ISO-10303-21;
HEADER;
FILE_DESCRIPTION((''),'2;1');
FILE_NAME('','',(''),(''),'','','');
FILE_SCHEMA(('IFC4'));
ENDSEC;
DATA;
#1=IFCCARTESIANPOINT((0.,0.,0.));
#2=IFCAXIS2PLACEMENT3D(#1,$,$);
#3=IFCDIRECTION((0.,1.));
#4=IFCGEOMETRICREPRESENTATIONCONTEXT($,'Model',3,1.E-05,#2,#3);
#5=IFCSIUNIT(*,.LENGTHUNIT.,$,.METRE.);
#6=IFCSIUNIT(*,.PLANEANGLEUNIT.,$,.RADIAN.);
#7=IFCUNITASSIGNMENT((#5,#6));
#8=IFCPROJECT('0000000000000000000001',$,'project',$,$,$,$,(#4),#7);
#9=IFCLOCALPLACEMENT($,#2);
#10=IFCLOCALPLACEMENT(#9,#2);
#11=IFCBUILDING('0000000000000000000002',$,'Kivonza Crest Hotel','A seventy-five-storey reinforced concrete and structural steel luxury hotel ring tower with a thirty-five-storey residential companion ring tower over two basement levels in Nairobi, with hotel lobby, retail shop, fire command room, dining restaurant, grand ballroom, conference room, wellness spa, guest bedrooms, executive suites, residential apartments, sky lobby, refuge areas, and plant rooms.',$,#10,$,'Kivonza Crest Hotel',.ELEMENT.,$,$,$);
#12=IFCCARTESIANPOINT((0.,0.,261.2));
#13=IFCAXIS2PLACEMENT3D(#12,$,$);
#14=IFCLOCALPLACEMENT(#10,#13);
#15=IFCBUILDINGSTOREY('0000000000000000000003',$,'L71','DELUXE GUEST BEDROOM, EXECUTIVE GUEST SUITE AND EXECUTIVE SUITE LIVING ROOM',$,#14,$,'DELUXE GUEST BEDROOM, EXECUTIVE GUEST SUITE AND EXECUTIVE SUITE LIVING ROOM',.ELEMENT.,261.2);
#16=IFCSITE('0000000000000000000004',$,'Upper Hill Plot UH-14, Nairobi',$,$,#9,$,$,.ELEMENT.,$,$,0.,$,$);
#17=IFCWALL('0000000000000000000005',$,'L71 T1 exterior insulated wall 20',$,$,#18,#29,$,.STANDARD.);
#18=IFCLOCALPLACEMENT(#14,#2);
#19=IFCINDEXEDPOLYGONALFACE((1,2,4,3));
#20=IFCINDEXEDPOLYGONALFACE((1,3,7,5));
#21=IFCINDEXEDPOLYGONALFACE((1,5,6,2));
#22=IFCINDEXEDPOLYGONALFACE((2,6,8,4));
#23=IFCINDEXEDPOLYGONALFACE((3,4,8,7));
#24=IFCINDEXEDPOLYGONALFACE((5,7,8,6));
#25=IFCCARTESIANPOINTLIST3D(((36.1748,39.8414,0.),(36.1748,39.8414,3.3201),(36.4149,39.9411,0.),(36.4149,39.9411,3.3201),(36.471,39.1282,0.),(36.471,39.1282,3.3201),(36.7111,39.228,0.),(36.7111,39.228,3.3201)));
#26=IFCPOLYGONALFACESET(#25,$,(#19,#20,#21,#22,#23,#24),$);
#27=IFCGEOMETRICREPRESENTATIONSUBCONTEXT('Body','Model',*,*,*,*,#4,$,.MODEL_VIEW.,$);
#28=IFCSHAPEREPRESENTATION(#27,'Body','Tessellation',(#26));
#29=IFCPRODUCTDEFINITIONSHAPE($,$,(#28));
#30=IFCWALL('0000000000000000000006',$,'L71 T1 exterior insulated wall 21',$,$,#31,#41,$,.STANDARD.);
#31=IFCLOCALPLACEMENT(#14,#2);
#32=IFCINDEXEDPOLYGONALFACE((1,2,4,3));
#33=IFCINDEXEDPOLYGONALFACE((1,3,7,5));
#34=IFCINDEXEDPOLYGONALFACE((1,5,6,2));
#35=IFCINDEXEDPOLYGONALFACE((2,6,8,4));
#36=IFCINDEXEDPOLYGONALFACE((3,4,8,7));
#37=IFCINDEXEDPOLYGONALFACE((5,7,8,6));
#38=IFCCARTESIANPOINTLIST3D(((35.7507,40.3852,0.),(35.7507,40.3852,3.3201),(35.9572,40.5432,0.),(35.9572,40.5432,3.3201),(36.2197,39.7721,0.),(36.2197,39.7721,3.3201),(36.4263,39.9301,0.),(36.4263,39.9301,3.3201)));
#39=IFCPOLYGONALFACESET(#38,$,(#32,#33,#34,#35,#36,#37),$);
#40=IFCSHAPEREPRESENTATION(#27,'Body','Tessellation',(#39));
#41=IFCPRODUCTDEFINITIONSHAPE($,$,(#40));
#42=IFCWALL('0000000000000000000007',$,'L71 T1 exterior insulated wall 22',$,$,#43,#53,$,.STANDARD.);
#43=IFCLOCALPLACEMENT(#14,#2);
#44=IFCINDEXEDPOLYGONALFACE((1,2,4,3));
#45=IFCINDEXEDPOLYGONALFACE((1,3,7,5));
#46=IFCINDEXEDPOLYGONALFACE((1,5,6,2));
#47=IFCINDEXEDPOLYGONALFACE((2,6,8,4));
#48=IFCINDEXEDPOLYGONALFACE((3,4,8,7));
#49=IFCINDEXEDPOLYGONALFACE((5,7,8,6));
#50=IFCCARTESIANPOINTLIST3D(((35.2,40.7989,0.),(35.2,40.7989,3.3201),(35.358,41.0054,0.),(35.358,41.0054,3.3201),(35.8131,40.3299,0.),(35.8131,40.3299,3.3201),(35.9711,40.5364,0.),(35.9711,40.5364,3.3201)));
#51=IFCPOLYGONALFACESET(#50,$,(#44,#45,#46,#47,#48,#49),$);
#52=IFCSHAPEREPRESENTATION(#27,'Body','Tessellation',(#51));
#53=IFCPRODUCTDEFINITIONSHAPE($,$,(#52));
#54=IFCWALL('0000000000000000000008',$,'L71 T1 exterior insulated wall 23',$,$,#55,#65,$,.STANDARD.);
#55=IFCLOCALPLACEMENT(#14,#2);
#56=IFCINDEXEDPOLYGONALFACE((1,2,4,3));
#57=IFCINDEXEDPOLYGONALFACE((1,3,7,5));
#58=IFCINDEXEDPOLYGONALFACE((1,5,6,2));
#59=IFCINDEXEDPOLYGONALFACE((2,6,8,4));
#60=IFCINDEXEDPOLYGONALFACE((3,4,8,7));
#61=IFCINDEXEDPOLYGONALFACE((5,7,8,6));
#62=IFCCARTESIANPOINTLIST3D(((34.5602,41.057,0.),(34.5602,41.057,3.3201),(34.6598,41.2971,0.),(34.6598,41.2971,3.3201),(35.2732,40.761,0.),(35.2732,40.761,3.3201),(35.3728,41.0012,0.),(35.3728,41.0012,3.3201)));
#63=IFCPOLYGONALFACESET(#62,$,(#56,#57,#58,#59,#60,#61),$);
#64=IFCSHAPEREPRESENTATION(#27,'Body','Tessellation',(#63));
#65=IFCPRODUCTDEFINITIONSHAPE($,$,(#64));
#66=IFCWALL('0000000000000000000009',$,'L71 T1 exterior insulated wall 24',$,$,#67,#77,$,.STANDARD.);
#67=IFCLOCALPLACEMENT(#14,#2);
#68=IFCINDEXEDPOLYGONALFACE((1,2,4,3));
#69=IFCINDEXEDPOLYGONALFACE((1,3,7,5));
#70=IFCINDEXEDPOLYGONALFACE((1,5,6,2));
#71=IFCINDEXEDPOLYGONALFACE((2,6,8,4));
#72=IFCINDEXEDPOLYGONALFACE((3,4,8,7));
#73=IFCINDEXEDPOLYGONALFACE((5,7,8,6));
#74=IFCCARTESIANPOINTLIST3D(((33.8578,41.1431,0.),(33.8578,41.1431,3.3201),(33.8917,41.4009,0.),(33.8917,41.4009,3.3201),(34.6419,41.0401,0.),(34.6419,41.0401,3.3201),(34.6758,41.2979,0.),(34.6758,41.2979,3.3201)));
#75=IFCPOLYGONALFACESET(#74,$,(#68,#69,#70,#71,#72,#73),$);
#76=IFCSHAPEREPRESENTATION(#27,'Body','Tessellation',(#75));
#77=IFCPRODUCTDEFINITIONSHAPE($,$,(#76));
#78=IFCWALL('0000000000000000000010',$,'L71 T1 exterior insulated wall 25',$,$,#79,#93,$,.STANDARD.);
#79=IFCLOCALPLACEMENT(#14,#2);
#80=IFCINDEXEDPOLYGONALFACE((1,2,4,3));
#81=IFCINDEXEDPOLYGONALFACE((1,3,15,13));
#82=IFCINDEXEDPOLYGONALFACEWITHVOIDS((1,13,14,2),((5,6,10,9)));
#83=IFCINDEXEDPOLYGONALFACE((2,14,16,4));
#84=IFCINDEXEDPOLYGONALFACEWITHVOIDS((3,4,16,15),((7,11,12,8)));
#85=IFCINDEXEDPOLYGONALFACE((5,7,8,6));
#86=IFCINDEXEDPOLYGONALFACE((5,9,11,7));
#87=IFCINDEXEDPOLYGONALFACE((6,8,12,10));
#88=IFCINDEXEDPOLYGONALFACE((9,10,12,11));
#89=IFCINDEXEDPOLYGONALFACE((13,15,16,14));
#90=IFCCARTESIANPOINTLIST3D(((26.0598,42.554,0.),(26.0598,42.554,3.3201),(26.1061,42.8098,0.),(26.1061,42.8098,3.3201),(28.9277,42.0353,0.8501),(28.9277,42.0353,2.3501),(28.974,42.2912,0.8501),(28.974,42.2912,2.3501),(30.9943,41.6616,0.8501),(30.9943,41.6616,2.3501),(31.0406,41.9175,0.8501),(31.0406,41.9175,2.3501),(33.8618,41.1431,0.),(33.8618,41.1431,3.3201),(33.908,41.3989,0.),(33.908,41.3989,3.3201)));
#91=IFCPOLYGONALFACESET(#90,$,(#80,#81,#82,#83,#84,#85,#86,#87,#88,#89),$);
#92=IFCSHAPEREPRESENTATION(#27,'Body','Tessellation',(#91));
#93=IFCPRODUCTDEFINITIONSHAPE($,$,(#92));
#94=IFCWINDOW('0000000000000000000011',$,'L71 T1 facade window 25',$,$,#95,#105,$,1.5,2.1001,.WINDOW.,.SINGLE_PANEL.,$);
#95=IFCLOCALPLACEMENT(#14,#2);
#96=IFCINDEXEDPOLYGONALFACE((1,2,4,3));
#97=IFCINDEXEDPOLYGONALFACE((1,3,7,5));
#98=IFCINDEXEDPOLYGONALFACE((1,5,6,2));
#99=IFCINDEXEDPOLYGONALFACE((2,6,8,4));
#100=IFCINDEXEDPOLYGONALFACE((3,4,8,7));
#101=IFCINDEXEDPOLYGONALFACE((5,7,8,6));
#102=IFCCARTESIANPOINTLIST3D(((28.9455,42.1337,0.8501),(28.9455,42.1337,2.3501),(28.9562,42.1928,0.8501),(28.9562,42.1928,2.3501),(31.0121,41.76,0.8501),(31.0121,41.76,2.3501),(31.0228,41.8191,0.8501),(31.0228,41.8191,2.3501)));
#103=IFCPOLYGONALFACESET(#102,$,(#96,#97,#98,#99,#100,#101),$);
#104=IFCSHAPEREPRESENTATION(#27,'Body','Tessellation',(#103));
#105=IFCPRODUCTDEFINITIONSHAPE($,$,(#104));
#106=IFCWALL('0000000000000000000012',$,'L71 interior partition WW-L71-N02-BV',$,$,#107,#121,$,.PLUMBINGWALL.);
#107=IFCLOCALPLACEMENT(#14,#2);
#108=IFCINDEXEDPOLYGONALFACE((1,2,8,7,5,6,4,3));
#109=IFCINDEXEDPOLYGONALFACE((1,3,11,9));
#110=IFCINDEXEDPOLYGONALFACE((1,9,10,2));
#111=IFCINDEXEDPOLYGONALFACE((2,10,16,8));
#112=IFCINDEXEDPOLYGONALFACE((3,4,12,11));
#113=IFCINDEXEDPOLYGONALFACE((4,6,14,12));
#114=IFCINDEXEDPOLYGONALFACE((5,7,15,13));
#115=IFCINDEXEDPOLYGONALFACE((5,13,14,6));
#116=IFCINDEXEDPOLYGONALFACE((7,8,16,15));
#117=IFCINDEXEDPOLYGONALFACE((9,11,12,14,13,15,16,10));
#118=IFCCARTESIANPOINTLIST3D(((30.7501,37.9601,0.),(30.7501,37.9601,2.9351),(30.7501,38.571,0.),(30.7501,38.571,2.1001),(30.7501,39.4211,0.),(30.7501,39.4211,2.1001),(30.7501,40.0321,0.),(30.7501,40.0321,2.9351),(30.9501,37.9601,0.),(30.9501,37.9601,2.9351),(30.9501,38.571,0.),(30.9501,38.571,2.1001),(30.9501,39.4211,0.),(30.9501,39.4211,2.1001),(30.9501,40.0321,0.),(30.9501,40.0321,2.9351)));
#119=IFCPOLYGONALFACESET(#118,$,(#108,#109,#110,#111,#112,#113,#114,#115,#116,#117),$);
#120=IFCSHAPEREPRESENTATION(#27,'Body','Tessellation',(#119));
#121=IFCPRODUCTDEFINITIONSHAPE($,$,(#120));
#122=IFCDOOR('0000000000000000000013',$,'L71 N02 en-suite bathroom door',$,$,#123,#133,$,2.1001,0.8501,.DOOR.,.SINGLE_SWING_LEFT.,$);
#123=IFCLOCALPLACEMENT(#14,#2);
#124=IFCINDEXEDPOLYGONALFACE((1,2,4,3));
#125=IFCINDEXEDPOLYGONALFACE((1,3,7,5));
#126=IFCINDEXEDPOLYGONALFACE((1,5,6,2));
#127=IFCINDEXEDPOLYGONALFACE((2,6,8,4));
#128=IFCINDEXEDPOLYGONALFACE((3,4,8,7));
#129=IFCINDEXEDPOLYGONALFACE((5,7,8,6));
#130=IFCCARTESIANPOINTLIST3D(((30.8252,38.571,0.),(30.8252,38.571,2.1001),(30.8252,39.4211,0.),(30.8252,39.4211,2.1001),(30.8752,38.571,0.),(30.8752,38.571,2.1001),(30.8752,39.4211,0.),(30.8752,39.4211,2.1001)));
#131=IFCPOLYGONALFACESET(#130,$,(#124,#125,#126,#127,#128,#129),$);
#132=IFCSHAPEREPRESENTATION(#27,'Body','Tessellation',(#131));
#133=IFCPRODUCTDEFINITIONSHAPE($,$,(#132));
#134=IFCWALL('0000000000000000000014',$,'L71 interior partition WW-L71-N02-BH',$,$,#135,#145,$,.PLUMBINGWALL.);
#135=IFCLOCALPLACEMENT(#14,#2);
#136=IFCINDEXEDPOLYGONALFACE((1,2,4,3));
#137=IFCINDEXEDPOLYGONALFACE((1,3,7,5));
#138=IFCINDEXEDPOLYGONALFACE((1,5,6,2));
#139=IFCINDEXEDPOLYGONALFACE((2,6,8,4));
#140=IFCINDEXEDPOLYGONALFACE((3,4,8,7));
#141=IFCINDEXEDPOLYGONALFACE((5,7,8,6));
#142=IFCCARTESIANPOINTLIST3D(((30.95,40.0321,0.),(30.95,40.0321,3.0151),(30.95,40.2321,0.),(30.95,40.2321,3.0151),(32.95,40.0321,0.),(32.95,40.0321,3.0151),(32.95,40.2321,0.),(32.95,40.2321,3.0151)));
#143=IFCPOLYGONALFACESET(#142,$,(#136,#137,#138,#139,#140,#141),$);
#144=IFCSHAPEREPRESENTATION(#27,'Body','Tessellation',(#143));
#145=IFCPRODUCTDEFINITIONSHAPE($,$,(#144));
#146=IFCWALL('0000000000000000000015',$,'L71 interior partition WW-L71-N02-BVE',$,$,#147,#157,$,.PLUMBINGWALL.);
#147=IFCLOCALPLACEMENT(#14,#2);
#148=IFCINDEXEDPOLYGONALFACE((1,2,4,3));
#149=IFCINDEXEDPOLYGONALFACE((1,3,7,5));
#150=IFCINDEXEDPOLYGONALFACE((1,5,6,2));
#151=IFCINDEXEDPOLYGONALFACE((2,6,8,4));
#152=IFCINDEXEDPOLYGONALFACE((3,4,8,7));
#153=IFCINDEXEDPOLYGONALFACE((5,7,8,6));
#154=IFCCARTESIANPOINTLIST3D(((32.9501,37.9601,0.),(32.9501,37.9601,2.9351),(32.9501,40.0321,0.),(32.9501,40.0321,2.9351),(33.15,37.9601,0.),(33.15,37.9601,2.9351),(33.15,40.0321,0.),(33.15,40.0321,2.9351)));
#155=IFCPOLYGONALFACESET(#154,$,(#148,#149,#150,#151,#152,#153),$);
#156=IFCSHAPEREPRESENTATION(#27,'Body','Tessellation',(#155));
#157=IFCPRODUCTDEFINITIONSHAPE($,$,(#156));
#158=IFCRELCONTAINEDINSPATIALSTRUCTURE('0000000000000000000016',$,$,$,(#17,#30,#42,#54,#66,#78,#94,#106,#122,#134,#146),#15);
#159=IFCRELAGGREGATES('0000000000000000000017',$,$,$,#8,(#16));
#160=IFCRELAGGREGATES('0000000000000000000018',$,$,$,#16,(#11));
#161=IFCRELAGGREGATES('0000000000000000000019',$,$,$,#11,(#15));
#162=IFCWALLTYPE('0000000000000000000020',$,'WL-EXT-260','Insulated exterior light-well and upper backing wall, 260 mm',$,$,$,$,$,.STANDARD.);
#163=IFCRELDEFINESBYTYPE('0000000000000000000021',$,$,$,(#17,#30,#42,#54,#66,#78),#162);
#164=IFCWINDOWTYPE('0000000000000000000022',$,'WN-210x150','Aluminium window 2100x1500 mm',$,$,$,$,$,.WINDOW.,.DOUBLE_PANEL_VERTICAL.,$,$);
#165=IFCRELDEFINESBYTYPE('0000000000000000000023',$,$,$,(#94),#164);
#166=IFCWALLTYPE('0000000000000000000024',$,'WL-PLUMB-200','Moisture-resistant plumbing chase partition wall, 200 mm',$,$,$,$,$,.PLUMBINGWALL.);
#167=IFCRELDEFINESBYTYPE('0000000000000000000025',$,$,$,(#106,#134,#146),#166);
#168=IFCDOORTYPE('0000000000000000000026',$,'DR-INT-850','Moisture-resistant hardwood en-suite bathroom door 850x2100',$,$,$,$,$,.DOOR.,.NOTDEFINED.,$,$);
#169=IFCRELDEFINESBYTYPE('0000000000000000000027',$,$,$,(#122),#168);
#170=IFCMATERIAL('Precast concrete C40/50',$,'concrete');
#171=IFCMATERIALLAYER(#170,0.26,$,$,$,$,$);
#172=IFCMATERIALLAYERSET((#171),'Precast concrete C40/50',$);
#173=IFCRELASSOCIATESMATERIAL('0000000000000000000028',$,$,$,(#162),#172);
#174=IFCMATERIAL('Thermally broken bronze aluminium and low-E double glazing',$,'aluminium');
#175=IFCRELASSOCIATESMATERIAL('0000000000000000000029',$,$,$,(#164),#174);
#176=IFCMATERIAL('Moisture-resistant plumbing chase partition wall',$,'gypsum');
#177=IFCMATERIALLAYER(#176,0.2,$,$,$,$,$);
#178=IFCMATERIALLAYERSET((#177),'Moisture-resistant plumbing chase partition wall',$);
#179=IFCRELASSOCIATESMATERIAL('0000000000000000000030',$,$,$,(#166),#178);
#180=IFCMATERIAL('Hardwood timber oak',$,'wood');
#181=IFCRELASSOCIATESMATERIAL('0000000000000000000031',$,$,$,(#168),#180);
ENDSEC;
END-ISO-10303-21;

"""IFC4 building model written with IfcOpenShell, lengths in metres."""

from ifc_helpers import new_model, si_unit, direction, frame, frame_2d, origin, place, context, subcontext, project, spatial, rectangle, extrude, material, layer, layer_set, type_object, element, fill, save


model = new_model("IFC4")

# Units and contexts
model_context = context("Model", 3, precision=1e-05, world=origin(), true_north=direction((0.0, 1.0)))
body_context = subcontext(model_context, "Body", "Model", "MODEL_VIEW")
ifc_project = project(units=[si_unit("LENGTHUNIT", "METRE"), si_unit("PLANEANGLEUNIT", "RADIAN")], contexts=[model_context])

# Site, building, storey
site_placement = place(None, origin())
site = spatial("IfcSite", under=ifc_project, at=site_placement, Name="Upper Hill Plot UH-14, Nairobi", CompositionType="ELEMENT", RefElevation=0.0)
building_placement = place(site_placement, origin())
building = spatial("IfcBuilding", under=site, at=building_placement, Name="Kivonza Crest Hotel", Description="A seventy-five-storey reinforced concrete and structural steel luxury hotel ring tower with a thirty-five-storey residential companion ring tower over two basement levels in Nairobi, with hotel lobby, retail shop, fire command room, dining restaurant, grand ballroom, conference room, wellness spa, guest bedrooms, executive suites, residential apartments, sky lobby, refuge areas, and plant rooms.", LongName="Kivonza Crest Hotel", CompositionType="ELEMENT")
storey_placement = place(building_placement, frame((0.0, 0.0, 261.2)))
storey = spatial("IfcBuildingStorey", under=building, at=storey_placement, Name="L71", Description="DELUXE GUEST BEDROOM, EXECUTIVE GUEST SUITE AND EXECUTIVE SUITE LIVING ROOM", LongName="DELUXE GUEST BEDROOM, EXECUTIVE GUEST SUITE AND EXECUTIVE SUITE LIVING ROOM", CompositionType="ELEMENT", Elevation=261.2)

# Shared definitions
ifc_material_1 = material(Name="Hardwood timber oak", Category="wood")

# Walls
ifc_material_2 = material(Name="Precast concrete C40/50", Category="concrete")
ifc_layer_1 = layer(ifc_material_2, 0.26)
ifc_layer_set_1 = layer_set([ifc_layer_1], Name="Precast concrete C40/50")
wall_type_1 = type_object("IfcWallType", Name="WL-EXT-260", Description="Insulated exterior light-well and upper backing wall, 260 mm", PredefinedType="STANDARD", material=ifc_layer_set_1)
wall_1_placement = place(storey_placement, frame((36.5911, 39.178, 0.0), z_axis=(0.0, 0.0, 1.0), x_axis=(-0.383515, 0.923535, 0.0)))
element("IfcWall", 1, at=wall_1_placement, inside=storey, type_object=wall_type_1, Name="L71 T1 exterior insulated wall 20", PredefinedType="STANDARD", context=body_context, shape_type="SweptSolid", body=[
    extrude(rectangle(XDim=0.7722, YDim=0.26, at=frame_2d((0.3862, 0.0))), origin(), (0.0, 0.0, 1.0), 3.3201),
])
for number, where, z_axis, x_axis, name in (
    (2, (36.323, 39.8511, 0.0), (0.0, 0.0, 1.0), (-0.607614, 0.794232, 0.0), "L71 T1 exterior insulated wall 21"),
    (3, (35.8921, 40.4331, 0.0), (0.0, 0.0, 1.0), (-0.794232, 0.607614, 0.0), "L71 T1 exterior insulated wall 22"),
    (4, (35.323, 40.8811, 0.0), (0.0, 0.0, 1.0), (-0.9236, 0.383357, 0.0), "L71 T1 exterior insulated wall 23"),
):
    element("IfcWall", number, at=place(storey_placement, frame(where, z_axis=z_axis, x_axis=x_axis)), inside=storey, type_object=wall_type_1, Name=name, PredefinedType="STANDARD", context=body_context, shape_type="SweptSolid", body=[
        extrude(rectangle(XDim=0.772, YDim=0.26, at=frame_2d((0.386, 0.0))), origin(), (0.0, 0.0, 1.0), 3.3201),
    ])
wall_2_placement = place(storey_placement, frame((34.6589, 41.1689, 0.0), z_axis=(0.0, 0.0, 1.0), x_axis=(-0.991474, 0.130303, 0.0)))
element("IfcWall", 5, at=wall_2_placement, inside=storey, type_object=wall_type_1, Name="L71 T1 exterior insulated wall 24", PredefinedType="STANDARD", context=body_context, shape_type="SweptSolid", body=[
    extrude(rectangle(XDim=0.7908, YDim=0.26, at=frame_2d((0.3955, 0.0))), origin(), (0.0, 0.0, 1.0), 3.3201),
])

# Wall, opening, window
wall_3_placement = place(storey_placement, frame((33.885, 41.271, 0.0), z_axis=(0.0, 0.0, 1.0), x_axis=(-0.984039, 0.17795, 0.0)))
wall_3 = element("IfcWall", 6, at=wall_3_placement, inside=storey, type_object=wall_type_1, Name="L71 T1 exterior insulated wall 25", PredefinedType="STANDARD", context=body_context, shape_type="SweptSolid", body=[
    extrude(rectangle(XDim=7.9285, YDim=0.26, at=frame_2d((3.9644, 0.0))), origin(), (0.0, 0.0, 1.0), 3.3201),
])
opening_1_placement = place(wall_3_placement, frame((2.9141, 0.0, 0.8501)))
opening_1 = element("IfcOpeningElement", 7, at=opening_1_placement, cuts=wall_3, PredefinedType="OPENING", context=body_context, shape_type="SweptSolid", body=[
    extrude(rectangle(XDim=2.1001, YDim=1.5, at=frame_2d((1.05, 0.75))), frame((0.0, 0.1401, 0.0), z_axis=(0.0, -1.0, 0.0), x_axis=(1.0, 0.0, 0.0)), (0.0, 0.0, 1.0), 0.28),
])
ifc_material_3 = material(Name="Thermally broken bronze aluminium and low-E double glazing", Category="aluminium")
window_type = type_object("IfcWindowType", Name="WN-210x150", Description="Aluminium window 2100x1500 mm", PartitioningType="DOUBLE_PANEL_VERTICAL", PredefinedType="WINDOW", material=ifc_material_3)
window_placement = place(opening_1_placement, origin())
window = element("IfcWindow", 8, at=window_placement, inside=storey, type_object=window_type, Name="L71 T1 facade window 25", OverallHeight=1.5, OverallWidth=2.1001, PartitioningType="SINGLE_PANEL", PredefinedType="WINDOW", context=body_context, shape_type="SweptSolid", body=[
    extrude(rectangle(XDim=2.1001, YDim=1.5, at=frame_2d((1.05, 0.75))), frame((0.0, 0.03, 0.0), z_axis=(0.0, -1.0, 0.0), x_axis=(1.0, 0.0, 0.0)), (0.0, 0.0, 1.0), 0.0601),
])
fill(opening_1, window)

# Wall, opening, door
ifc_material_4 = material(Name="Moisture-resistant plumbing chase partition wall", Category="gypsum")
ifc_layer_2 = layer(ifc_material_4, 0.2)
ifc_layer_set_2 = layer_set([ifc_layer_2], Name="Moisture-resistant plumbing chase partition wall")
wall_type_2 = type_object("IfcWallType", Name="WL-PLUMB-200", Description="Moisture-resistant plumbing chase partition wall, 200 mm", PredefinedType="PLUMBINGWALL", material=ifc_layer_set_2)
wall_4_placement = place(storey_placement, frame((30.8501, 37.96, 0.0), z_axis=(0.0, 0.0, 1.0), x_axis=(0.0, 1.0, 0.0)))
wall_4 = element("IfcWall", 9, at=wall_4_placement, inside=storey, type_object=wall_type_2, Name="L71 interior partition WW-L71-N02-BV", PredefinedType="PLUMBINGWALL", context=body_context, shape_type="SweptSolid", body=[
    extrude(rectangle(XDim=2.072, YDim=0.2, at=frame_2d((1.0361, 0.0))), origin(), (0.0, 0.0, 1.0), 2.9351),
])
opening_2_placement = place(wall_4_placement, frame((0.6111, 0.0, 0.0)))
opening_2 = element("IfcOpeningElement", 10, at=opening_2_placement, cuts=wall_4, PredefinedType="OPENING", context=body_context, shape_type="SweptSolid", body=[
    extrude(rectangle(XDim=0.8501, YDim=2.1001, at=frame_2d((0.425, 1.05))), frame((0.0, 0.1099, 0.0), z_axis=(0.0, -1.0, 0.0), x_axis=(1.0, 0.0, 0.0)), (0.0, 0.0, 1.0), 0.22),
])
door_type_1 = type_object("IfcDoorType", Name="DR-INT-850", Description="Moisture-resistant hardwood en-suite bathroom door 850x2100", OperationType="NOTDEFINED", PredefinedType="DOOR", material=ifc_material_1)
door_1_placement = place(opening_2_placement, origin())
door_1 = element("IfcDoor", 11, at=door_1_placement, inside=storey, type_object=door_type_1, Name="L71 N02 en-suite bathroom door", OperationType="SINGLE_SWING_LEFT", OverallHeight=2.1001, OverallWidth=0.8501, PredefinedType="DOOR", context=body_context, shape_type="SweptSolid", body=[
    extrude(rectangle(XDim=0.8501, YDim=2.1001, at=frame_2d((0.425, 1.05))), frame((0.0, 0.0249, 0.0), z_axis=(0.0, -1.0, 0.0), x_axis=(1.0, 0.0, 0.0)), (0.0, 0.0, 1.0), 0.05),
])
fill(opening_2, door_1)

# Walls
wall_5_placement = place(storey_placement, frame((30.95, 40.1321, 0.0), z_axis=(0.0, 0.0, 1.0), x_axis=(1.0, 0.0, 0.0)))
element("IfcWall", 12, at=wall_5_placement, inside=storey, type_object=wall_type_2, Name="L71 interior partition WW-L71-N02-BH", PredefinedType="PLUMBINGWALL", context=body_context, shape_type="SweptSolid", body=[
    extrude(rectangle(XDim=2.0, YDim=0.2, at=frame_2d((1.0, 0.0))), origin(), (0.0, 0.0, 1.0), 3.0151),
])
wall_6_placement = place(storey_placement, frame((33.05, 37.96, 0.0), z_axis=(0.0, 0.0, 1.0), x_axis=(0.0, 1.0, 0.0)))
element("IfcWall", 13, at=wall_6_placement, inside=storey, type_object=wall_type_2, Name="L71 interior partition WW-L71-N02-BVE", PredefinedType="PLUMBINGWALL", context=body_context, shape_type="SweptSolid", body=[
    extrude(rectangle(XDim=2.072, YDim=0.2, at=frame_2d((1.0361, 0.0))), origin(), (0.0, 0.0, 1.0), 2.9351),
])

save(model, "model.ifc")
